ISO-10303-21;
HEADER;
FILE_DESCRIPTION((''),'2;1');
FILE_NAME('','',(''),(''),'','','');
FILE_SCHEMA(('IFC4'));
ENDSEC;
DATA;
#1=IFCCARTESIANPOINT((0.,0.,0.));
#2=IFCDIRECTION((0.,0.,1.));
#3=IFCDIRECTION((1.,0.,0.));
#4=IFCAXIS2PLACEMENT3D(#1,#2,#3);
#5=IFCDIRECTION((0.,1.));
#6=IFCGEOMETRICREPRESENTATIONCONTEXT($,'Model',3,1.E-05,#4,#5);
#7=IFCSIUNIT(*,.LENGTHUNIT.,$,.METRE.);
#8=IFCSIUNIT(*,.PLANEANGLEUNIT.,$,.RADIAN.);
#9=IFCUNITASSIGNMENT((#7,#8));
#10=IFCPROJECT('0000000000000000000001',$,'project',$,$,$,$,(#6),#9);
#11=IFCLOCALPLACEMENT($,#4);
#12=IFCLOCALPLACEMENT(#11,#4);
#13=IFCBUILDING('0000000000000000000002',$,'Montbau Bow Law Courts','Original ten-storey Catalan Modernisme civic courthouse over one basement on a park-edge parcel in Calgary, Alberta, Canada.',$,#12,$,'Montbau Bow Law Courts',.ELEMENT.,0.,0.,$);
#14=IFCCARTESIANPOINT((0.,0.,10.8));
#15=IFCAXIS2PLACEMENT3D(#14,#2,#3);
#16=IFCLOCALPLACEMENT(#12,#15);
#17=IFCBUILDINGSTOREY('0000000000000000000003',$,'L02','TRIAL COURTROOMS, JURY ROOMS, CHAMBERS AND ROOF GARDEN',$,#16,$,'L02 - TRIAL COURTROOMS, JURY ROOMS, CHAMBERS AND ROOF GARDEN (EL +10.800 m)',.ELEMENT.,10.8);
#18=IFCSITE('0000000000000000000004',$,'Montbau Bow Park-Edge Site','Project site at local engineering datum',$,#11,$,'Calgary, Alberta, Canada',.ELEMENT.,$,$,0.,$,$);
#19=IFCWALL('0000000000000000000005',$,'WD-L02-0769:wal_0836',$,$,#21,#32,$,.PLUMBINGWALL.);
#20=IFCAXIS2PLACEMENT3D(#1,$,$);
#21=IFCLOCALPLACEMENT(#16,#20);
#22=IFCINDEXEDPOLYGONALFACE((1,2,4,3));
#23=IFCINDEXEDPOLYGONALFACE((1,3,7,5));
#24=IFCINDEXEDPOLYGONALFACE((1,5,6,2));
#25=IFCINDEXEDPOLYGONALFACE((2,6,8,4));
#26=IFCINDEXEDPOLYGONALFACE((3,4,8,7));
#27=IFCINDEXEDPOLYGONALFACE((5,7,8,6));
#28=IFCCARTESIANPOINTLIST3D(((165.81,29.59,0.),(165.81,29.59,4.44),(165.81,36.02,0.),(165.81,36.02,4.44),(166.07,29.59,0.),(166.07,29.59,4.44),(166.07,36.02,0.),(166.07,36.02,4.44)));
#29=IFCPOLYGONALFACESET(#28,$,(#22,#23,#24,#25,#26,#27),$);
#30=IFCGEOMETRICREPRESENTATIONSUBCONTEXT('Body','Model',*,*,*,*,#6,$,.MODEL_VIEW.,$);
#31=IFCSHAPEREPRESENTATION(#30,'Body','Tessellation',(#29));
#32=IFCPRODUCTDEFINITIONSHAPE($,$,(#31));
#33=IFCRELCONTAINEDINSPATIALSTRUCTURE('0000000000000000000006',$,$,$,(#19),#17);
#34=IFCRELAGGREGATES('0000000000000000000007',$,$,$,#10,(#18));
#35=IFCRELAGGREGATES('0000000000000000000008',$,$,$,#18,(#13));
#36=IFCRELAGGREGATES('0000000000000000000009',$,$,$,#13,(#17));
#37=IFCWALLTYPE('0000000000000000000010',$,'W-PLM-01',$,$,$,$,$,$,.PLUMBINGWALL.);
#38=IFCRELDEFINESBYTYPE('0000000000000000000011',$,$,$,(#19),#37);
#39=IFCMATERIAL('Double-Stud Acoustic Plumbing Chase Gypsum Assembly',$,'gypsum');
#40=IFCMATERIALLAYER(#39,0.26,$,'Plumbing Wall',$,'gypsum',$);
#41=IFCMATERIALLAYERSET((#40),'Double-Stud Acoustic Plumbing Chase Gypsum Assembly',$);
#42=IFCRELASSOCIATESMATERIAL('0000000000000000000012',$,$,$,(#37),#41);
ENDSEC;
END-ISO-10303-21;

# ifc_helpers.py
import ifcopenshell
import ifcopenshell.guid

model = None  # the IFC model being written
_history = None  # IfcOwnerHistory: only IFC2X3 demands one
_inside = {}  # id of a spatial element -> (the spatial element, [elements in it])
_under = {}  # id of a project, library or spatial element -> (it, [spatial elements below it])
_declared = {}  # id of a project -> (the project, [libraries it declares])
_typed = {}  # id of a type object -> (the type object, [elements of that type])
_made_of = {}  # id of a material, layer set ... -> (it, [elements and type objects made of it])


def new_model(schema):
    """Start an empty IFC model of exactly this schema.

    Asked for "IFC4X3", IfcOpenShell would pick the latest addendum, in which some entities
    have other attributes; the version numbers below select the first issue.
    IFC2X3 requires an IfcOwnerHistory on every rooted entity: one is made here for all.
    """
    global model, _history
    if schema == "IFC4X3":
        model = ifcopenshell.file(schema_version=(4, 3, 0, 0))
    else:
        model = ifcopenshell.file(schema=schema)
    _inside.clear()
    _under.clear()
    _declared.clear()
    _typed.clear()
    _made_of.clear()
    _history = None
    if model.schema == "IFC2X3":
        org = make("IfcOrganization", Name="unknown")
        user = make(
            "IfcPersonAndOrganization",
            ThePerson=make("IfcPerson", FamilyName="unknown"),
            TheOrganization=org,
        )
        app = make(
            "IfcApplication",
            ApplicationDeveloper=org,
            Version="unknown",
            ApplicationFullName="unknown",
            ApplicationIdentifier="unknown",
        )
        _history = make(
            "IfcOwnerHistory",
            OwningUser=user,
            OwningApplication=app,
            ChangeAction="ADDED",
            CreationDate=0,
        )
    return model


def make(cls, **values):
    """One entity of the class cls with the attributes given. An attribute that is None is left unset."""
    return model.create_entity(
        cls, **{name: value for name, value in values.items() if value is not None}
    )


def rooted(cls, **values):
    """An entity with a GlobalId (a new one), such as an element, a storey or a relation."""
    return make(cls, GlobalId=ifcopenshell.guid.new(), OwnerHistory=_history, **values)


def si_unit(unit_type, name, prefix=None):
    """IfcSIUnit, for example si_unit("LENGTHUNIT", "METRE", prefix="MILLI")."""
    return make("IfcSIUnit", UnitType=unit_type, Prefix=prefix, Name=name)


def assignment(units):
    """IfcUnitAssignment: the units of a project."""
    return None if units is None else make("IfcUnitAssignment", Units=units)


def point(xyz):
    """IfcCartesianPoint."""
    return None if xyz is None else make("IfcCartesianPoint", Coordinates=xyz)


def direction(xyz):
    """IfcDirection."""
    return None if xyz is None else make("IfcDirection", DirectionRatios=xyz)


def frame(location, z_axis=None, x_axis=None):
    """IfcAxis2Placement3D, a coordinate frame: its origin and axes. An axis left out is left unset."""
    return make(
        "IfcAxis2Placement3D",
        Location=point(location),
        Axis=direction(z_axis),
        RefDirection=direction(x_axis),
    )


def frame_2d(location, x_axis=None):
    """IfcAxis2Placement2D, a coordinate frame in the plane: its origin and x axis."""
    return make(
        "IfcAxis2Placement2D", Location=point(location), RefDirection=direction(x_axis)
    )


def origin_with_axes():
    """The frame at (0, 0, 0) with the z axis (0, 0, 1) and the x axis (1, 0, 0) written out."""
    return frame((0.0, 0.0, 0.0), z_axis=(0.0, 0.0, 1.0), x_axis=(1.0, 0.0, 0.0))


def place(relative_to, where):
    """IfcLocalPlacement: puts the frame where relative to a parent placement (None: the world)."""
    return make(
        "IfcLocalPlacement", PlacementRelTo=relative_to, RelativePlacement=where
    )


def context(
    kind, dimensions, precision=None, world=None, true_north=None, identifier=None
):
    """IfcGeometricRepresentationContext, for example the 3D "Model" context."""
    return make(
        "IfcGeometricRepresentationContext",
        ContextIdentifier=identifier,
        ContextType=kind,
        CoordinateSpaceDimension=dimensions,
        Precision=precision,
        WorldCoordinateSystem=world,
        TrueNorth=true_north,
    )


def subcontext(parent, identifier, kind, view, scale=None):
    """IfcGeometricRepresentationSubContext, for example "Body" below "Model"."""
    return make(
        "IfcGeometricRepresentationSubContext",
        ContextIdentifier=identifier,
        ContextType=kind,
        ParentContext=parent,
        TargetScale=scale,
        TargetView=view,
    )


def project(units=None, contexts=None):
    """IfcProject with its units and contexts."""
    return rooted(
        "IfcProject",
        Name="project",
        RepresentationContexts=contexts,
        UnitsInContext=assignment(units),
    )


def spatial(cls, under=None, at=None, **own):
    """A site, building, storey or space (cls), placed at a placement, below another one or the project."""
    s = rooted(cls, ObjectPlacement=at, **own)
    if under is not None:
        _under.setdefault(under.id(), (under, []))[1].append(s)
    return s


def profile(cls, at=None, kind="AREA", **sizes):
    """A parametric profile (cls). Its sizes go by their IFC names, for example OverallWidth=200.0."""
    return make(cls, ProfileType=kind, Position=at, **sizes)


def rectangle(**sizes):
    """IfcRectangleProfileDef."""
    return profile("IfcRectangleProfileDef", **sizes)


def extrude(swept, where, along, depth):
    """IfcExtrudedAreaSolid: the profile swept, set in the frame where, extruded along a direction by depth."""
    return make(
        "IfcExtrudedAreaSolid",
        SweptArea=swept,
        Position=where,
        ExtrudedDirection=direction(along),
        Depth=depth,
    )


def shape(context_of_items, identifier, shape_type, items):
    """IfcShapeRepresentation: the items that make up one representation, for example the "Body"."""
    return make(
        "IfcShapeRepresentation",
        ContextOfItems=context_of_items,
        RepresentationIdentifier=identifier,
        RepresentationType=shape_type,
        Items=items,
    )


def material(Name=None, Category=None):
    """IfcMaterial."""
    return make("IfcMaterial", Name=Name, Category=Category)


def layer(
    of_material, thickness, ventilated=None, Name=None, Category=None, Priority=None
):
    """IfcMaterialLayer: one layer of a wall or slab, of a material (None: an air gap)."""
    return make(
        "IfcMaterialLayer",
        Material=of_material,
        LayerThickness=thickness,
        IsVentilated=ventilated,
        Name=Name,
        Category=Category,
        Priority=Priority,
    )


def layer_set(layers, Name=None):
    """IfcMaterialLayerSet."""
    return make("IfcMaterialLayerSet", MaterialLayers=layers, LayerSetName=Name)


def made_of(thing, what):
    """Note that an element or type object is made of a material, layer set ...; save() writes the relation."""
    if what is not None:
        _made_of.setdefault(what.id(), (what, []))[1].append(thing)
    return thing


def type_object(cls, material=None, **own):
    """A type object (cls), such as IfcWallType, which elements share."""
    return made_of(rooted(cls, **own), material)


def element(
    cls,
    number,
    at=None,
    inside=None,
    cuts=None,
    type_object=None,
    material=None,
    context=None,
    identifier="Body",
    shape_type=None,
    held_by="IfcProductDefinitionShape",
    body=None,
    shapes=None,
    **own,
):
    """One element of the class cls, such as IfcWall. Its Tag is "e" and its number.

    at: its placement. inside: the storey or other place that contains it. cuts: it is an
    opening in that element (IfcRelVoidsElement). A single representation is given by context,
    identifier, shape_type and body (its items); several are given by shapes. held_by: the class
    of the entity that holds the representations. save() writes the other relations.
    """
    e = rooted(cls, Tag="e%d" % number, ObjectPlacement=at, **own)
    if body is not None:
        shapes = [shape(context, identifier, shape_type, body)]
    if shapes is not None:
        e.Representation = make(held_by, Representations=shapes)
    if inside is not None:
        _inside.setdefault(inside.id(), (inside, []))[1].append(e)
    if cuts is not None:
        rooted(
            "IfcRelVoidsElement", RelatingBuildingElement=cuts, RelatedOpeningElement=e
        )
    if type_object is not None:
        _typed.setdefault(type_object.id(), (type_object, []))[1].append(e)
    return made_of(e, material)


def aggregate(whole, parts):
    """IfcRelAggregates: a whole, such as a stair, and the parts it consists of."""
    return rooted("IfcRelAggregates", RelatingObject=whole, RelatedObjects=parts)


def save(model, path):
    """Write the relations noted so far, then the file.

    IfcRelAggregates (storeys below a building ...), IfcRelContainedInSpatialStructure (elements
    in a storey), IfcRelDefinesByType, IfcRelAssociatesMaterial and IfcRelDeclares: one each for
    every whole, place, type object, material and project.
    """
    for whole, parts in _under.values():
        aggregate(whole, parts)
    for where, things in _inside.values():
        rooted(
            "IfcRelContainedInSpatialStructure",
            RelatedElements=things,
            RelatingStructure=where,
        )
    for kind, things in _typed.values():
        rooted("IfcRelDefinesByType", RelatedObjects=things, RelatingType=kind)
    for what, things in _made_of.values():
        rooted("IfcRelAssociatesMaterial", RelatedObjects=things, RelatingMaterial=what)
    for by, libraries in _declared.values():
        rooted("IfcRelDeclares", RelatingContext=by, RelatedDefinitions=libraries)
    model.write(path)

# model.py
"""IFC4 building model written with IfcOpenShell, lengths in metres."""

from ifc_helpers import new_model, si_unit, direction, frame, frame_2d, origin_with_axes, place, context, subcontext, project, spatial, rectangle, extrude, material, layer, layer_set, type_object, element, save


model = new_model("IFC4")

# Units and contexts
model_context = context("Model", 3, precision=1e-05, world=origin_with_axes(), true_north=direction((0.0, 1.0)))
body_context = subcontext(model_context, "Body", "Model", "MODEL_VIEW")
ifc_project = project(units=[si_unit("LENGTHUNIT", "METRE"), si_unit("PLANEANGLEUNIT", "RADIAN")], contexts=[model_context])

# Site, building, storey
site_placement = place(None, origin_with_axes())
site = spatial("IfcSite", under=ifc_project, at=site_placement, Name="Montbau Bow Park-Edge Site", Description="Project site at local engineering datum", LongName="Calgary, Alberta, Canada", CompositionType="ELEMENT", RefElevation=0.0)
building_placement = place(site_placement, origin_with_axes())
building = spatial("IfcBuilding", under=site, at=building_placement, Name="Montbau Bow Law Courts", Description="Original ten-storey Catalan Modernisme civic courthouse over one basement on a park-edge parcel in Calgary, Alberta, Canada.", LongName="Montbau Bow Law Courts", CompositionType="ELEMENT", ElevationOfRefHeight=0.0, ElevationOfTerrain=0.0)
storey_placement = place(building_placement, frame((0.0, 0.0, 10.8), z_axis=(0.0, 0.0, 1.0), x_axis=(1.0, 0.0, 0.0)))
storey = spatial("IfcBuildingStorey", under=building, at=storey_placement, Name="L02", Description="TRIAL COURTROOMS, JURY ROOMS, CHAMBERS AND ROOF GARDEN", LongName="L02 - TRIAL COURTROOMS, JURY ROOMS, CHAMBERS AND ROOF GARDEN (EL +10.800 m)", CompositionType="ELEMENT", Elevation=10.8)

# Wall
ifc_material_1 = material(Name="Double-Stud Acoustic Plumbing Chase Gypsum Assembly", Category="gypsum")
ifc_layer_1 = layer(ifc_material_1, 0.26, Name="Plumbing Wall", Category="gypsum")
ifc_layer_set_1 = layer_set([ifc_layer_1], Name="Double-Stud Acoustic Plumbing Chase Gypsum Assembly")
wall_type = type_object("IfcWallType", Name="W-PLM-01", PredefinedType="PLUMBINGWALL", material=ifc_layer_set_1)
wall_placement = place(None, frame((165.94, 29.59, 10.8), z_axis=(0.0, 0.0, 1.0), x_axis=(0.0, 1.0, 0.0)))
element("IfcWall", 1, at=wall_placement, inside=storey, type_object=wall_type, Name="WD-L02-0769:wal_0836", PredefinedType="PLUMBINGWALL", context=body_context, shape_type="SweptSolid", body=[
    extrude(rectangle(XDim=6.43, YDim=0.26, at=frame_2d((3.215, 0.0), x_axis=(1.0, 0.0))), origin_with_axes(), (0.0, 0.0, 1.0), 4.44),
])

save(model, "model.ifc")
